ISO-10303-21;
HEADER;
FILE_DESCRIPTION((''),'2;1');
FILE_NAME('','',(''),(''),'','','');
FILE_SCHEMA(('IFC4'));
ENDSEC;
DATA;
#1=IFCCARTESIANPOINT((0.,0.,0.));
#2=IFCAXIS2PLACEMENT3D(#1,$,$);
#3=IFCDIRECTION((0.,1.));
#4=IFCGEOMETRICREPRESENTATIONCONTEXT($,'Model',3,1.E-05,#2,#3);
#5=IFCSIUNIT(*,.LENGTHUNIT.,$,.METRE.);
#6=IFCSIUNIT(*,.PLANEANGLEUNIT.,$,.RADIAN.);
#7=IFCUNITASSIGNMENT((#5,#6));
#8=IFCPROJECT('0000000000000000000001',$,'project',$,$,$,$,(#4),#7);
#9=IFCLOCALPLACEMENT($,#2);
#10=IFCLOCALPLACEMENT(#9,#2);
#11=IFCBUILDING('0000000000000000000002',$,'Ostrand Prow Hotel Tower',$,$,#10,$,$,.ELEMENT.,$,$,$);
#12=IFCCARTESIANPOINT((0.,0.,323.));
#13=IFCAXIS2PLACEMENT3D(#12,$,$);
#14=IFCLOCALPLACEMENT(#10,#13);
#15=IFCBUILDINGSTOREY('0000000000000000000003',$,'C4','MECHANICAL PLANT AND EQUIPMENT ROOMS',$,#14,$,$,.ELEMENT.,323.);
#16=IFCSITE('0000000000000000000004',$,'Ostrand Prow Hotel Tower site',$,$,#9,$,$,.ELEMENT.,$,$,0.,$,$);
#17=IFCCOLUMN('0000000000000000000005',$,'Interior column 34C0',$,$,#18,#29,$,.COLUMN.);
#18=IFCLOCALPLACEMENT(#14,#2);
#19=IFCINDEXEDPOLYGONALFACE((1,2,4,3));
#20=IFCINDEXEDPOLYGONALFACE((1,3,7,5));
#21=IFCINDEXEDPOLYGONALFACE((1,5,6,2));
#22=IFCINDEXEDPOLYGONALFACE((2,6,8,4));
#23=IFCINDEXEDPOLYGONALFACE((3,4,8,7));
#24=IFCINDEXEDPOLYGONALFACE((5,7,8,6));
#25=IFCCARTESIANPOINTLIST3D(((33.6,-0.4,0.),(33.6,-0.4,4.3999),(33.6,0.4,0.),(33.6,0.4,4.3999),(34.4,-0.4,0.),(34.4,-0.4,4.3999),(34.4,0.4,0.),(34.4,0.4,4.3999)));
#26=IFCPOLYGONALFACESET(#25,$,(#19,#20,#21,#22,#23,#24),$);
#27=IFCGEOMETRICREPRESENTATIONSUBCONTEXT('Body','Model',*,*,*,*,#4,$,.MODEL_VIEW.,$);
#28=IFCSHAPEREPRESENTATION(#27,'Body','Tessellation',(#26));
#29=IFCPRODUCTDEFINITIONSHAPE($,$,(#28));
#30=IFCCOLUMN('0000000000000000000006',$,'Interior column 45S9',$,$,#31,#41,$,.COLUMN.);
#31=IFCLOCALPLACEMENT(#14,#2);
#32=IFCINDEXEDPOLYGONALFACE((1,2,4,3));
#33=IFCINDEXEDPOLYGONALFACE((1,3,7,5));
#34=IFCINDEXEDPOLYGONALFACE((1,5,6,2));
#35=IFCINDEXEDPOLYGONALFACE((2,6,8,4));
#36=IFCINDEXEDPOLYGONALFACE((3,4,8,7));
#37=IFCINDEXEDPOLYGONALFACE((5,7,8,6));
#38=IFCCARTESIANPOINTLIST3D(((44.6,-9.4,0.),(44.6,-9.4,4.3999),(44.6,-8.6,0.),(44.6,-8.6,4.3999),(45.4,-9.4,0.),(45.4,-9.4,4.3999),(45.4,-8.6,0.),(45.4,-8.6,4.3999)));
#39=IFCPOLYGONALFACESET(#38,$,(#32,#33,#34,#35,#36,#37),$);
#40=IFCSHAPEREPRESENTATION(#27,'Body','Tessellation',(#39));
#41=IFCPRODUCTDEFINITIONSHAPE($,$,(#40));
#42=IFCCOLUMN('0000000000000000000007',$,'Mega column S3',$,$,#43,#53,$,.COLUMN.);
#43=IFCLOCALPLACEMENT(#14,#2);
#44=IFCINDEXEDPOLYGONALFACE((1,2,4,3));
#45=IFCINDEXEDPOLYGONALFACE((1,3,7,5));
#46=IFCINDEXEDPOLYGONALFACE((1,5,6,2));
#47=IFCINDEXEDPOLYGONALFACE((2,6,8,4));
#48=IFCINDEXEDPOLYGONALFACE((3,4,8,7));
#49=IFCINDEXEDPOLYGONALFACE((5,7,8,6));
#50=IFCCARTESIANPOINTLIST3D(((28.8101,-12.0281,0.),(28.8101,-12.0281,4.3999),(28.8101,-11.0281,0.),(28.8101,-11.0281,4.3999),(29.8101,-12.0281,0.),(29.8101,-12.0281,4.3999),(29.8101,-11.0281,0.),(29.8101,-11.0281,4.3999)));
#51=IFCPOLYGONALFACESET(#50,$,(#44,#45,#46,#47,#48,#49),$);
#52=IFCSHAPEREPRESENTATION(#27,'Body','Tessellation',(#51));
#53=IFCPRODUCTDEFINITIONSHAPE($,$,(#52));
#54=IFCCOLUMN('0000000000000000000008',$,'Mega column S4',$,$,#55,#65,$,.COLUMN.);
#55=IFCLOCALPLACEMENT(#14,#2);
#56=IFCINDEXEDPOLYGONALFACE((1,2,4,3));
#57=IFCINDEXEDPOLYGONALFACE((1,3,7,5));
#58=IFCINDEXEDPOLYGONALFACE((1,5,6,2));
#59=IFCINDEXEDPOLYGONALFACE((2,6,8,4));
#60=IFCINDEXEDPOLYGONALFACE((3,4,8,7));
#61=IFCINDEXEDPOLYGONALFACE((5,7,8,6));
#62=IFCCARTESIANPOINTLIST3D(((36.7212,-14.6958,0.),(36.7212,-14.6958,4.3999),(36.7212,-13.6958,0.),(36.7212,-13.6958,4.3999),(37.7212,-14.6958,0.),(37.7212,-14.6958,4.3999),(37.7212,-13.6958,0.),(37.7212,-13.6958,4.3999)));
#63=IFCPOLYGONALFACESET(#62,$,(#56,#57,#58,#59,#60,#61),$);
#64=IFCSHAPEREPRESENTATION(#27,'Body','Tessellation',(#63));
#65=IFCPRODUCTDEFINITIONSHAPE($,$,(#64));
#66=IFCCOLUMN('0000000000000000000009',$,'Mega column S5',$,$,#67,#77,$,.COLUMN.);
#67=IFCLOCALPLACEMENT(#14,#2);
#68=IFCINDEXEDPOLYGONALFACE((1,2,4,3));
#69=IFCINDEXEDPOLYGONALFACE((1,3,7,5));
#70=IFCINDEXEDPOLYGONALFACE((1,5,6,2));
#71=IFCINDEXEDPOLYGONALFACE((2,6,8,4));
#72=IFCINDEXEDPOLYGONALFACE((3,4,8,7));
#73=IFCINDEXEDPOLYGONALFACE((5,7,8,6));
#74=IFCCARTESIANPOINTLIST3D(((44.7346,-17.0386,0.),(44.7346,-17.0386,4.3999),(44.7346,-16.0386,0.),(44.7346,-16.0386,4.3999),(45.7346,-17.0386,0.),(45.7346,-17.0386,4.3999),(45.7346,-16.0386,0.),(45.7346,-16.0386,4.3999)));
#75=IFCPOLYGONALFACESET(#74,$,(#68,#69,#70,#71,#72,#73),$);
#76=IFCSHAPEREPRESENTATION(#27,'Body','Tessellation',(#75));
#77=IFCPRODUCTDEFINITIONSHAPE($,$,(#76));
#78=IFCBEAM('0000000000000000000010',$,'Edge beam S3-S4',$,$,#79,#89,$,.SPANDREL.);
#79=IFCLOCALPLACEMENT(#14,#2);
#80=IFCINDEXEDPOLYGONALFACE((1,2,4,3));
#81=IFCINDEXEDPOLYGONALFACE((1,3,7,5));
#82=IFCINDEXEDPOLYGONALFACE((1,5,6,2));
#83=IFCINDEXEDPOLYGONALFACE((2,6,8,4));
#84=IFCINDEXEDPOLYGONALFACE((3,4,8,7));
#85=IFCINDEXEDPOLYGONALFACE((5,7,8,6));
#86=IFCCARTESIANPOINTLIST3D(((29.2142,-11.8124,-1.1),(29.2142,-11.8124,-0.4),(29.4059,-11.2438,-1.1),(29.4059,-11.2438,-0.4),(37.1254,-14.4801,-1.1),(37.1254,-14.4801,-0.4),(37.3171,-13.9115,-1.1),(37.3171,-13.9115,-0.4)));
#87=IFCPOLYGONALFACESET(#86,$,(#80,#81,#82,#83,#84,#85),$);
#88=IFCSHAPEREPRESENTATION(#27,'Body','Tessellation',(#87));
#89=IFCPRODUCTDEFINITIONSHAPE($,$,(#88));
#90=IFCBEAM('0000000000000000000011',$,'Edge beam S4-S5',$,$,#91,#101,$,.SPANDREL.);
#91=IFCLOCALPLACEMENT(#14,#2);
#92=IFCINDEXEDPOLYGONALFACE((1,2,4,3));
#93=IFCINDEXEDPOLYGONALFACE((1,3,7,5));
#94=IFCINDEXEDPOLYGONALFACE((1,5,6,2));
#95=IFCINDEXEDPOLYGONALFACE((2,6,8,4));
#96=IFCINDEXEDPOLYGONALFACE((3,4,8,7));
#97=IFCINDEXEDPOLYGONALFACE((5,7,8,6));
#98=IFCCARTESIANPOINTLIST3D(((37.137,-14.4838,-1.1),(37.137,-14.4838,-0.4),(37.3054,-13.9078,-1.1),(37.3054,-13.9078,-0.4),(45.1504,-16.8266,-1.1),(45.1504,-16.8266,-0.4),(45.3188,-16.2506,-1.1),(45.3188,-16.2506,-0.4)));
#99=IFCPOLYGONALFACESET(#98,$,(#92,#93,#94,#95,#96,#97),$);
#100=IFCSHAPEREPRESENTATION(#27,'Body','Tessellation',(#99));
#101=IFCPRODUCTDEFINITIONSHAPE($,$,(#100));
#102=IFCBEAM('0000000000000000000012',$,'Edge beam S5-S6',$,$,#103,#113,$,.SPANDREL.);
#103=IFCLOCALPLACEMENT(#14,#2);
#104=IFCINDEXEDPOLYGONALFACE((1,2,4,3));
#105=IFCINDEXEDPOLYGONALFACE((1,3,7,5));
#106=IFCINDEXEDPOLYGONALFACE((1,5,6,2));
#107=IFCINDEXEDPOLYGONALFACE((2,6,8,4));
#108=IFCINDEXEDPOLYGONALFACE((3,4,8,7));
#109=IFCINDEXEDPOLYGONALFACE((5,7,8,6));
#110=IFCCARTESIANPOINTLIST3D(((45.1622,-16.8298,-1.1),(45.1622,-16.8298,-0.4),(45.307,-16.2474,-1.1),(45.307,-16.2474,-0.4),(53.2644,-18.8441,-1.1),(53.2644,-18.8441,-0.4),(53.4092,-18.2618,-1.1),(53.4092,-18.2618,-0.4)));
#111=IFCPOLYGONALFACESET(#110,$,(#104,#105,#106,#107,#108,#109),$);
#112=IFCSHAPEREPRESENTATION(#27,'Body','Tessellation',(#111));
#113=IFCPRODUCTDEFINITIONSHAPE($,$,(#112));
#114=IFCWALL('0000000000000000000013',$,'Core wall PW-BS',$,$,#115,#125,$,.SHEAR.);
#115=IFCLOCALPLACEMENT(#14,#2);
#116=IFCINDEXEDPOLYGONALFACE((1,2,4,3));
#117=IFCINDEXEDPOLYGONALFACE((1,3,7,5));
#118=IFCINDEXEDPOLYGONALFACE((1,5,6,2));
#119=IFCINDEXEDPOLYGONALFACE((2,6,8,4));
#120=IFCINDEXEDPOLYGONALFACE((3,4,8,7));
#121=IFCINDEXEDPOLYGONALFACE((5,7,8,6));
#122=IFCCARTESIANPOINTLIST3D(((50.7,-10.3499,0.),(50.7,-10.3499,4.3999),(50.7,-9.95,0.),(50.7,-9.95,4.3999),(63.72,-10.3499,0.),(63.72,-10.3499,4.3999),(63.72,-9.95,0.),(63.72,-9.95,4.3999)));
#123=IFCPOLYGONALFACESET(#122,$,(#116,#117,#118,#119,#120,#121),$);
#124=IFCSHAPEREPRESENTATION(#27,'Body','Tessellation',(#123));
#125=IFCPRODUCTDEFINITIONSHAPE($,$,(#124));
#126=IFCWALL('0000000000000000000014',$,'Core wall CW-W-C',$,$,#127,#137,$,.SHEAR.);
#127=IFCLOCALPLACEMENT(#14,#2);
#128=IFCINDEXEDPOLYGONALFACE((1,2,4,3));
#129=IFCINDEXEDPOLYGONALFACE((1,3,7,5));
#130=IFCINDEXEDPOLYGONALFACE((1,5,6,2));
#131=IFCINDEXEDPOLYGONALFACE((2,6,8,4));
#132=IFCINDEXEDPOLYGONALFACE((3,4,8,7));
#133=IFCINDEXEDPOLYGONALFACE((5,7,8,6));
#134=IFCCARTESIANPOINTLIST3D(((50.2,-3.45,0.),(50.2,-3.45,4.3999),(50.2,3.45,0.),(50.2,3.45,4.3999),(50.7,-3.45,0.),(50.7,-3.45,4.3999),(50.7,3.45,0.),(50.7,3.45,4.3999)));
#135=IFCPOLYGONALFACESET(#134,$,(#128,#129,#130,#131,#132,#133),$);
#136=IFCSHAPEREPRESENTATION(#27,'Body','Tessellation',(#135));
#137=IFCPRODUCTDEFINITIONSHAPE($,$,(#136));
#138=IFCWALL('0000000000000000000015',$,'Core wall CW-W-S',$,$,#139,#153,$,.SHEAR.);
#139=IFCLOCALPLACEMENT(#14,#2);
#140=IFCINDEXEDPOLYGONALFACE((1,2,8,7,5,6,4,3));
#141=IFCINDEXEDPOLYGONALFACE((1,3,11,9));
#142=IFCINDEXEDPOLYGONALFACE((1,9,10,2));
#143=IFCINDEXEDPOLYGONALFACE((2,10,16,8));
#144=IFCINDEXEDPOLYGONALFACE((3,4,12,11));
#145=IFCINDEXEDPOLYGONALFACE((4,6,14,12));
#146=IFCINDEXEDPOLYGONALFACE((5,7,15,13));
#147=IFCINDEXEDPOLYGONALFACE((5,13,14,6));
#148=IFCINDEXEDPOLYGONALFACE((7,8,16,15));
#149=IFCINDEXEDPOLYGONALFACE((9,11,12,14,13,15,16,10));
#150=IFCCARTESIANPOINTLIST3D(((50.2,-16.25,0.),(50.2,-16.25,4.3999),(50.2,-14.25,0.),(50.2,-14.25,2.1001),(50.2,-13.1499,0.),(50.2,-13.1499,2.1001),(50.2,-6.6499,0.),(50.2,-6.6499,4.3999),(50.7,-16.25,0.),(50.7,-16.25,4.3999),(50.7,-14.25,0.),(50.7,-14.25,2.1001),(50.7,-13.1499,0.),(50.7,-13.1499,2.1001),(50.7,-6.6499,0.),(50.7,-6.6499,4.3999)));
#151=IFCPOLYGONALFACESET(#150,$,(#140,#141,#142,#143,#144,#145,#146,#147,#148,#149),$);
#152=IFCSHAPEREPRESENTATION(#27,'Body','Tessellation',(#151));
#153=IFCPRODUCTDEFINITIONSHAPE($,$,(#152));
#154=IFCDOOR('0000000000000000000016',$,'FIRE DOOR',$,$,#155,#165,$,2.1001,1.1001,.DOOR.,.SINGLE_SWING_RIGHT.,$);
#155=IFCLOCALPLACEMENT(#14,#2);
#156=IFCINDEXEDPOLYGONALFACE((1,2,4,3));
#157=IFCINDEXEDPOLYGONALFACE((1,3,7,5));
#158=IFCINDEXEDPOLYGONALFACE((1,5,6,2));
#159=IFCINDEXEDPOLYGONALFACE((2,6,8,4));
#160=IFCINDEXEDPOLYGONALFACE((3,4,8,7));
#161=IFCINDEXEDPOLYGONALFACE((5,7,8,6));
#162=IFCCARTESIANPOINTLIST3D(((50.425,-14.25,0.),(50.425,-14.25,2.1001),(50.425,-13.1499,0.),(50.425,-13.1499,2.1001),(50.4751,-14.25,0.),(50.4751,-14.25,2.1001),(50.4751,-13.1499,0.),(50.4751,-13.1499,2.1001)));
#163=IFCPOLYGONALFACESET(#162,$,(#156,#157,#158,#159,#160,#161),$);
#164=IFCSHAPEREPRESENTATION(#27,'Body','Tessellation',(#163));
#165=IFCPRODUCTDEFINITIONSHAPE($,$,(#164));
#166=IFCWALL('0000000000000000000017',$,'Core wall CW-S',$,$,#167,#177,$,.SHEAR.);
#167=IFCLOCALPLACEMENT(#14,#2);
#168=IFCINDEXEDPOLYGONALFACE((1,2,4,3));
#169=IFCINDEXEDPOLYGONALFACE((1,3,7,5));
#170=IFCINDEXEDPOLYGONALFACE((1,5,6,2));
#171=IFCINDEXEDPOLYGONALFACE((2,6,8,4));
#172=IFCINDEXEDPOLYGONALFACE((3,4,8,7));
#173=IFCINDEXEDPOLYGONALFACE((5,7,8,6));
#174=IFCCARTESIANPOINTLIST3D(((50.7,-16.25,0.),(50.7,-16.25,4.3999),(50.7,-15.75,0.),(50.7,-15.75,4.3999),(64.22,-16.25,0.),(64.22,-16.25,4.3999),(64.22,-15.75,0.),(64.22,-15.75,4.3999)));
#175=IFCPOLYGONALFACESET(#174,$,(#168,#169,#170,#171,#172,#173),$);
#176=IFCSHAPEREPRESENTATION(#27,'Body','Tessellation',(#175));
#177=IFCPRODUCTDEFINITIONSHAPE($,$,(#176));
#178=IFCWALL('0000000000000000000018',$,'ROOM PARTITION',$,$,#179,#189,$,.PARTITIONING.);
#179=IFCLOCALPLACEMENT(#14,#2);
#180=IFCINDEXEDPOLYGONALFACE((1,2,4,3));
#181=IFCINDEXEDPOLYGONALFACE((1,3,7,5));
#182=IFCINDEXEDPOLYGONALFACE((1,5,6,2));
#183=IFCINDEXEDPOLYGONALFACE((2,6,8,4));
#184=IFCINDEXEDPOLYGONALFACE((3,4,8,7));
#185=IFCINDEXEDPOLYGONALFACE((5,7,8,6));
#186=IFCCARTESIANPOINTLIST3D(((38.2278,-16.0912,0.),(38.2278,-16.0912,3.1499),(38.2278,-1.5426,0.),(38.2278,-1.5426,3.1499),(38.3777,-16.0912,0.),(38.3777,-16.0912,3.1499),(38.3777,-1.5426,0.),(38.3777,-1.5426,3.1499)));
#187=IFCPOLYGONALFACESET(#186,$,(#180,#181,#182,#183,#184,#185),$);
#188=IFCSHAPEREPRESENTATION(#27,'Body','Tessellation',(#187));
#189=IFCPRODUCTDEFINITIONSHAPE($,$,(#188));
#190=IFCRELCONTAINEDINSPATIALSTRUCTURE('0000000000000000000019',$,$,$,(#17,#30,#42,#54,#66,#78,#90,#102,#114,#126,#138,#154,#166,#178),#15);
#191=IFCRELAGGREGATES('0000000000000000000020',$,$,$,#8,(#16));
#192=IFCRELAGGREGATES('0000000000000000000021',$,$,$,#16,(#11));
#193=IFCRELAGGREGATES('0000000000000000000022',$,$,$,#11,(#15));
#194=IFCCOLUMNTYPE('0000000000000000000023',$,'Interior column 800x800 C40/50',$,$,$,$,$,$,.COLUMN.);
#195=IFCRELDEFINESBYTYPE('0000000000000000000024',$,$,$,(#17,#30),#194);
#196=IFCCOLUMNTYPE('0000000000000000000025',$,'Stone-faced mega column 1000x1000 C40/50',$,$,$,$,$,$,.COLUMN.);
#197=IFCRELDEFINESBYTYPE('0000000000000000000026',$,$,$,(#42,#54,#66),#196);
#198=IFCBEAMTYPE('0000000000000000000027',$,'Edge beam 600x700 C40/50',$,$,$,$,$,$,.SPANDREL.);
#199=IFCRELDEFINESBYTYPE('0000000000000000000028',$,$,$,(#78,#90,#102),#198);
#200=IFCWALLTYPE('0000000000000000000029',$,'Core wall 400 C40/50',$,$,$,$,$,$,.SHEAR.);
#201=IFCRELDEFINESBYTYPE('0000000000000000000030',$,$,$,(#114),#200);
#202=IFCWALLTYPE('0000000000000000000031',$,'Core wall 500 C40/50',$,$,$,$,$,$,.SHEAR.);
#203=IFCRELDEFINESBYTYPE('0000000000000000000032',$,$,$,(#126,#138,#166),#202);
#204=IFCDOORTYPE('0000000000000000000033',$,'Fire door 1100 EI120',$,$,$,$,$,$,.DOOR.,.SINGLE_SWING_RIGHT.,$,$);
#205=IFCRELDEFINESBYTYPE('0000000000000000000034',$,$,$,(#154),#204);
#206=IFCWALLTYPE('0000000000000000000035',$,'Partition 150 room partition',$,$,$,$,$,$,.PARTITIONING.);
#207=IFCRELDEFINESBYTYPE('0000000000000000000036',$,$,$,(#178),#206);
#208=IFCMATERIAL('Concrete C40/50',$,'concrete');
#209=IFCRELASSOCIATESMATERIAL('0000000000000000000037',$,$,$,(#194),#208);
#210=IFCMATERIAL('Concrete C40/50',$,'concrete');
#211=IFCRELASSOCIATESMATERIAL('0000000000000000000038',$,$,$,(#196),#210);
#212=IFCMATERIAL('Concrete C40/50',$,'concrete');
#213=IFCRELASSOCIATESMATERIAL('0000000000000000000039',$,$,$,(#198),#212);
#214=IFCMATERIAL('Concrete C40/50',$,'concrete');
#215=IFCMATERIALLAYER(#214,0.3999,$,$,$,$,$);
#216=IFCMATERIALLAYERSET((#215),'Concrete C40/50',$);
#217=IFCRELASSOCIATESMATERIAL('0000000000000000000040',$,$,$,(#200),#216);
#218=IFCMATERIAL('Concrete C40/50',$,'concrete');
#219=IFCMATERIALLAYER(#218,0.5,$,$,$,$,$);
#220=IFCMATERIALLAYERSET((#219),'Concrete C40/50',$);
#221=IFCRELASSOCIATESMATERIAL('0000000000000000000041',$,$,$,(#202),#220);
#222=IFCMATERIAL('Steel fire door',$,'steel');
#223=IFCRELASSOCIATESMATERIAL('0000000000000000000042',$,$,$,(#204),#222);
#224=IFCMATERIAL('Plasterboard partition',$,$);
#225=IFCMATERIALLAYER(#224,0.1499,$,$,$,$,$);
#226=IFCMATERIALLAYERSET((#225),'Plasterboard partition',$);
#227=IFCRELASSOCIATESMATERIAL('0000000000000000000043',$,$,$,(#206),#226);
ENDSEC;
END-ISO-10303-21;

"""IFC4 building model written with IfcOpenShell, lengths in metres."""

from ifc_helpers import new_model, si_unit, direction, frame, frame_2d, origin, origin_2d, place, context, subcontext, project, spatial, rectangle, extrude, material, layer, layer_set, material_profile, profile_set, type_object, element, fill, save


model = new_model("IFC4")

# Units and contexts
model_context = context("Model", 3, precision=1e-05, world=origin(), true_north=direction((0.0, 1.0)))
body_context = subcontext(model_context, "Body", "Model", "MODEL_VIEW")
ifc_project = project(units=[si_unit("LENGTHUNIT", "METRE"), si_unit("PLANEANGLEUNIT", "RADIAN")], contexts=[model_context])

# Site, building, storey
site_placement = place(None, origin())
site = spatial("IfcSite", under=ifc_project, at=site_placement, Name="Ostrand Prow Hotel Tower site", CompositionType="ELEMENT", RefElevation=0.0)
building_placement = place(site_placement, origin())
building = spatial("IfcBuilding", under=site, at=building_placement, Name="Ostrand Prow Hotel Tower", CompositionType="ELEMENT")
storey_placement = place(building_placement, frame((0.0, 0.0, 323.0)))
storey = spatial("IfcBuildingStorey", under=building, at=storey_placement, Name="C4", Description="MECHANICAL PLANT AND EQUIPMENT ROOMS", CompositionType="ELEMENT", Elevation=323.0)

# Columns
ifc_material_1 = material(Name="Concrete C40/50", Category="concrete")
ifc_material_profile_1 = material_profile(ifc_material_1, rectangle(XDim=0.8, YDim=0.8, at=origin_2d()), Name="RC 800x800")
ifc_profile_set_1 = profile_set([ifc_material_profile_1], Name="Concrete C40/50")
column_type_1 = type_object("IfcColumnType", Name="Interior column 800x800 C40/50", PredefinedType="COLUMN", material=ifc_profile_set_1)
for number, where, z_axis, x_axis, name in (
    (1, (34.0, 0.0, 0.0), (0.0, 0.0, 1.0), (1.0, 0.0, 0.0), "Interior column 34C0"),
    (2, (45.0, -9.0, 0.0), (0.0, 0.0, 1.0), (1.0, 0.0, 0.0), "Interior column 45S9"),
):
    element("IfcColumn", number, at=place(storey_placement, frame(where, z_axis=z_axis, x_axis=x_axis)), inside=storey, type_object=column_type_1, Name=name, PredefinedType="COLUMN", context=body_context, shape_type="SweptSolid", body=[
        extrude(rectangle(XDim=0.8, YDim=0.8, at=origin_2d()), origin(), (0.0, 0.0, 1.0), 4.3999),
    ])
ifc_material_2 = material(Name="Concrete C40/50", Category="concrete")
ifc_material_profile_2 = material_profile(ifc_material_2, rectangle(XDim=1.0, YDim=1.0, at=origin_2d()), Name="RC 1000x1000")
ifc_profile_set_2 = profile_set([ifc_material_profile_2], Name="Concrete C40/50")
column_type_2 = type_object("IfcColumnType", Name="Stone-faced mega column 1000x1000 C40/50", PredefinedType="COLUMN", material=ifc_profile_set_2)
for number, where, z_axis, x_axis, name in (
    (3, (29.3101, -11.5281, 0.0), (0.0, 0.0, 1.0), (1.0, 0.0, 0.0), "Mega column S3"),
    (4, (37.2212, -14.1958, 0.0), (0.0, 0.0, 1.0), (1.0, 0.0, 0.0), "Mega column S4"),
    (5, (45.2346, -16.5386, 0.0), (0.0, 0.0, 1.0), (1.0, 0.0, 0.0), "Mega column S5"),
):
    element("IfcColumn", number, at=place(storey_placement, frame(where, z_axis=z_axis, x_axis=x_axis)), inside=storey, type_object=column_type_2, Name=name, PredefinedType="COLUMN", context=body_context, shape_type="SweptSolid", body=[
        extrude(rectangle(XDim=1.0, YDim=1.0, at=origin_2d()), origin(), (0.0, 0.0, 1.0), 4.3999),
    ])

# Beams
ifc_material_3 = material(Name="Concrete C40/50", Category="concrete")
ifc_material_profile_3 = material_profile(ifc_material_3, rectangle(XDim=0.6001, YDim=0.7, at=origin_2d()), Name="RC 600x700")
ifc_profile_set_3 = profile_set([ifc_material_profile_3], Name="Concrete C40/50")
beam_type = type_object("IfcBeamType", Name="Edge beam 600x700 C40/50", PredefinedType="SPANDREL", material=ifc_profile_set_3)
for number, where, z_axis, x_axis, name in (
    (6, (29.3101, -11.5281, -0.75), (0.947575, -0.319533, 0.0), (0.319533, 0.947575, 0.0), "Edge beam S3-S4"),
    (7, (37.2212, -14.1958, -0.75), (0.959822, -0.28061, 0.0), (0.28061, 0.959822, 0.0), "Edge beam S4-S5"),
    (8, (45.2346, -16.5386, -0.75), (0.970456, -0.241276, 0.0), (0.241276, 0.970456, 0.0), "Edge beam S5-S6"),
):
    element("IfcBeam", number, at=place(storey_placement, frame(where, z_axis=z_axis, x_axis=x_axis)), inside=storey, type_object=beam_type, Name=name, PredefinedType="SPANDREL", context=body_context, shape_type="SweptSolid", body=[
        extrude(rectangle(XDim=0.6001, YDim=0.7, at=origin_2d()), origin(), (0.0, 0.0, 1.0), 8.3489),
    ])

# Walls
ifc_material_4 = material(Name="Concrete C40/50", Category="concrete")
ifc_layer_1 = layer(ifc_material_4, 0.3999)
ifc_layer_set_1 = layer_set([ifc_layer_1], Name="Concrete C40/50")
wall_type_1 = type_object("IfcWallType", Name="Core wall 400 C40/50", PredefinedType="SHEAR", material=ifc_layer_set_1)
wall_1_placement = place(storey_placement, frame((50.7, -10.1499, 0.0), z_axis=(0.0, 0.0, 1.0), x_axis=(1.0, 0.0, 0.0)))
element("IfcWall", 9, at=wall_1_placement, inside=storey, type_object=wall_type_1, Name="Core wall PW-BS", PredefinedType="SHEAR", context=body_context, shape_type="SweptSolid", body=[
    extrude(rectangle(XDim=13.02, YDim=0.3999, at=frame_2d((6.51, 0.0))), origin(), (0.0, 0.0, 1.0), 4.3999),
])
ifc_material_5 = material(Name="Concrete C40/50", Category="concrete")
ifc_layer_2 = layer(ifc_material_5, 0.5)
ifc_layer_set_2 = layer_set([ifc_layer_2], Name="Concrete C40/50")
wall_type_2 = type_object("IfcWallType", Name="Core wall 500 C40/50", PredefinedType="SHEAR", material=ifc_layer_set_2)
wall_2_placement = place(storey_placement, frame((50.45, -3.45, 0.0), z_axis=(0.0, 0.0, 1.0), x_axis=(0.0, 1.0, 0.0)))
element("IfcWall", 10, at=wall_2_placement, inside=storey, type_object=wall_type_2, Name="Core wall CW-W-C", PredefinedType="SHEAR", context=body_context, shape_type="SweptSolid", body=[
    extrude(rectangle(XDim=6.8999, YDim=0.5, at=frame_2d((3.45, 0.0))), origin(), (0.0, 0.0, 1.0), 4.3999),
])

# Wall, opening, door
wall_3_placement = place(storey_placement, frame((50.45, -16.25, 0.0), z_axis=(0.0, 0.0, 1.0), x_axis=(0.0, 1.0, 0.0)))
wall_3 = element("IfcWall", 11, at=wall_3_placement, inside=storey, type_object=wall_type_2, Name="Core wall CW-W-S", PredefinedType="SHEAR", context=body_context, shape_type="SweptSolid", body=[
    extrude(rectangle(XDim=9.6001, YDim=0.5, at=frame_2d((4.8, 0.0))), origin(), (0.0, 0.0, 1.0), 4.3999),
])
opening_1_placement = place(wall_3_placement, frame((2.0, 0.0, 0.0)))
opening_1 = element("IfcOpeningElement", 12, at=opening_1_placement, cuts=wall_3, PredefinedType="OPENING", context=body_context, shape_type="SweptSolid", body=[
    extrude(rectangle(XDim=1.1001, YDim=2.1001, at=frame_2d((0.55, 1.05))), frame((0.0, 0.26, 0.0), z_axis=(0.0, -1.0, 0.0), x_axis=(1.0, 0.0, 0.0)), (0.0, 0.0, 1.0), 0.52),
])
ifc_material_6 = material(Name="Steel fire door", Category="steel")
door_type_1 = type_object("IfcDoorType", Name="Fire door 1100 EI120", OperationType="SINGLE_SWING_RIGHT", PredefinedType="DOOR", material=ifc_material_6)
door_1_placement = place(opening_1_placement, origin())
door_1 = element("IfcDoor", 13, at=door_1_placement, inside=storey, type_object=door_type_1, Name="FIRE DOOR", OperationType="SINGLE_SWING_RIGHT", OverallHeight=2.1001, OverallWidth=1.1001, PredefinedType="DOOR", context=body_context, shape_type="SweptSolid", body=[
    extrude(rectangle(XDim=1.1001, YDim=2.1001, at=frame_2d((0.55, 1.05))), frame((0.0, 0.0249, 0.0), z_axis=(0.0, -1.0, 0.0), x_axis=(1.0, 0.0, 0.0)), (0.0, 0.0, 1.0), 0.05),
])
fill(opening_1, door_1)

# Walls
wall_4_placement = place(storey_placement, frame((50.7, -16.0, 0.0), z_axis=(0.0, 0.0, 1.0), x_axis=(1.0, 0.0, 0.0)))
element("IfcWall", 14, at=wall_4_placement, inside=storey, type_object=wall_type_2, Name="Core wall CW-S", PredefinedType="SHEAR", context=body_context, shape_type="SweptSolid", body=[
    extrude(rectangle(XDim=13.52, YDim=0.5, at=frame_2d((6.76, 0.0))), origin(), (0.0, 0.0, 1.0), 4.3999),
])
ifc_material_7 = material(Name="Plasterboard partition")
ifc_layer_3 = layer(ifc_material_7, 0.1499)
ifc_layer_set_3 = layer_set([ifc_layer_3], Name="Plasterboard partition")
wall_type_3 = type_object("IfcWallType", Name="Partition 150 room partition", PredefinedType="PARTITIONING", material=ifc_layer_set_3)
wall_5_placement = place(storey_placement, frame((38.3027, -16.0913, 0.0), z_axis=(0.0, 0.0, 1.0), x_axis=(0.0, 1.0, 0.0)))
element("IfcWall", 15, at=wall_5_placement, inside=storey, type_object=wall_type_3, Name="ROOM PARTITION", PredefinedType="PARTITIONING", context=body_context, shape_type="SweptSolid", body=[
    extrude(rectangle(XDim=14.5486, YDim=0.1499, at=frame_2d((7.2744, 0.0))), origin(), (0.0, 0.0, 1.0), 3.1499),
])

save(model, "model.ifc")
